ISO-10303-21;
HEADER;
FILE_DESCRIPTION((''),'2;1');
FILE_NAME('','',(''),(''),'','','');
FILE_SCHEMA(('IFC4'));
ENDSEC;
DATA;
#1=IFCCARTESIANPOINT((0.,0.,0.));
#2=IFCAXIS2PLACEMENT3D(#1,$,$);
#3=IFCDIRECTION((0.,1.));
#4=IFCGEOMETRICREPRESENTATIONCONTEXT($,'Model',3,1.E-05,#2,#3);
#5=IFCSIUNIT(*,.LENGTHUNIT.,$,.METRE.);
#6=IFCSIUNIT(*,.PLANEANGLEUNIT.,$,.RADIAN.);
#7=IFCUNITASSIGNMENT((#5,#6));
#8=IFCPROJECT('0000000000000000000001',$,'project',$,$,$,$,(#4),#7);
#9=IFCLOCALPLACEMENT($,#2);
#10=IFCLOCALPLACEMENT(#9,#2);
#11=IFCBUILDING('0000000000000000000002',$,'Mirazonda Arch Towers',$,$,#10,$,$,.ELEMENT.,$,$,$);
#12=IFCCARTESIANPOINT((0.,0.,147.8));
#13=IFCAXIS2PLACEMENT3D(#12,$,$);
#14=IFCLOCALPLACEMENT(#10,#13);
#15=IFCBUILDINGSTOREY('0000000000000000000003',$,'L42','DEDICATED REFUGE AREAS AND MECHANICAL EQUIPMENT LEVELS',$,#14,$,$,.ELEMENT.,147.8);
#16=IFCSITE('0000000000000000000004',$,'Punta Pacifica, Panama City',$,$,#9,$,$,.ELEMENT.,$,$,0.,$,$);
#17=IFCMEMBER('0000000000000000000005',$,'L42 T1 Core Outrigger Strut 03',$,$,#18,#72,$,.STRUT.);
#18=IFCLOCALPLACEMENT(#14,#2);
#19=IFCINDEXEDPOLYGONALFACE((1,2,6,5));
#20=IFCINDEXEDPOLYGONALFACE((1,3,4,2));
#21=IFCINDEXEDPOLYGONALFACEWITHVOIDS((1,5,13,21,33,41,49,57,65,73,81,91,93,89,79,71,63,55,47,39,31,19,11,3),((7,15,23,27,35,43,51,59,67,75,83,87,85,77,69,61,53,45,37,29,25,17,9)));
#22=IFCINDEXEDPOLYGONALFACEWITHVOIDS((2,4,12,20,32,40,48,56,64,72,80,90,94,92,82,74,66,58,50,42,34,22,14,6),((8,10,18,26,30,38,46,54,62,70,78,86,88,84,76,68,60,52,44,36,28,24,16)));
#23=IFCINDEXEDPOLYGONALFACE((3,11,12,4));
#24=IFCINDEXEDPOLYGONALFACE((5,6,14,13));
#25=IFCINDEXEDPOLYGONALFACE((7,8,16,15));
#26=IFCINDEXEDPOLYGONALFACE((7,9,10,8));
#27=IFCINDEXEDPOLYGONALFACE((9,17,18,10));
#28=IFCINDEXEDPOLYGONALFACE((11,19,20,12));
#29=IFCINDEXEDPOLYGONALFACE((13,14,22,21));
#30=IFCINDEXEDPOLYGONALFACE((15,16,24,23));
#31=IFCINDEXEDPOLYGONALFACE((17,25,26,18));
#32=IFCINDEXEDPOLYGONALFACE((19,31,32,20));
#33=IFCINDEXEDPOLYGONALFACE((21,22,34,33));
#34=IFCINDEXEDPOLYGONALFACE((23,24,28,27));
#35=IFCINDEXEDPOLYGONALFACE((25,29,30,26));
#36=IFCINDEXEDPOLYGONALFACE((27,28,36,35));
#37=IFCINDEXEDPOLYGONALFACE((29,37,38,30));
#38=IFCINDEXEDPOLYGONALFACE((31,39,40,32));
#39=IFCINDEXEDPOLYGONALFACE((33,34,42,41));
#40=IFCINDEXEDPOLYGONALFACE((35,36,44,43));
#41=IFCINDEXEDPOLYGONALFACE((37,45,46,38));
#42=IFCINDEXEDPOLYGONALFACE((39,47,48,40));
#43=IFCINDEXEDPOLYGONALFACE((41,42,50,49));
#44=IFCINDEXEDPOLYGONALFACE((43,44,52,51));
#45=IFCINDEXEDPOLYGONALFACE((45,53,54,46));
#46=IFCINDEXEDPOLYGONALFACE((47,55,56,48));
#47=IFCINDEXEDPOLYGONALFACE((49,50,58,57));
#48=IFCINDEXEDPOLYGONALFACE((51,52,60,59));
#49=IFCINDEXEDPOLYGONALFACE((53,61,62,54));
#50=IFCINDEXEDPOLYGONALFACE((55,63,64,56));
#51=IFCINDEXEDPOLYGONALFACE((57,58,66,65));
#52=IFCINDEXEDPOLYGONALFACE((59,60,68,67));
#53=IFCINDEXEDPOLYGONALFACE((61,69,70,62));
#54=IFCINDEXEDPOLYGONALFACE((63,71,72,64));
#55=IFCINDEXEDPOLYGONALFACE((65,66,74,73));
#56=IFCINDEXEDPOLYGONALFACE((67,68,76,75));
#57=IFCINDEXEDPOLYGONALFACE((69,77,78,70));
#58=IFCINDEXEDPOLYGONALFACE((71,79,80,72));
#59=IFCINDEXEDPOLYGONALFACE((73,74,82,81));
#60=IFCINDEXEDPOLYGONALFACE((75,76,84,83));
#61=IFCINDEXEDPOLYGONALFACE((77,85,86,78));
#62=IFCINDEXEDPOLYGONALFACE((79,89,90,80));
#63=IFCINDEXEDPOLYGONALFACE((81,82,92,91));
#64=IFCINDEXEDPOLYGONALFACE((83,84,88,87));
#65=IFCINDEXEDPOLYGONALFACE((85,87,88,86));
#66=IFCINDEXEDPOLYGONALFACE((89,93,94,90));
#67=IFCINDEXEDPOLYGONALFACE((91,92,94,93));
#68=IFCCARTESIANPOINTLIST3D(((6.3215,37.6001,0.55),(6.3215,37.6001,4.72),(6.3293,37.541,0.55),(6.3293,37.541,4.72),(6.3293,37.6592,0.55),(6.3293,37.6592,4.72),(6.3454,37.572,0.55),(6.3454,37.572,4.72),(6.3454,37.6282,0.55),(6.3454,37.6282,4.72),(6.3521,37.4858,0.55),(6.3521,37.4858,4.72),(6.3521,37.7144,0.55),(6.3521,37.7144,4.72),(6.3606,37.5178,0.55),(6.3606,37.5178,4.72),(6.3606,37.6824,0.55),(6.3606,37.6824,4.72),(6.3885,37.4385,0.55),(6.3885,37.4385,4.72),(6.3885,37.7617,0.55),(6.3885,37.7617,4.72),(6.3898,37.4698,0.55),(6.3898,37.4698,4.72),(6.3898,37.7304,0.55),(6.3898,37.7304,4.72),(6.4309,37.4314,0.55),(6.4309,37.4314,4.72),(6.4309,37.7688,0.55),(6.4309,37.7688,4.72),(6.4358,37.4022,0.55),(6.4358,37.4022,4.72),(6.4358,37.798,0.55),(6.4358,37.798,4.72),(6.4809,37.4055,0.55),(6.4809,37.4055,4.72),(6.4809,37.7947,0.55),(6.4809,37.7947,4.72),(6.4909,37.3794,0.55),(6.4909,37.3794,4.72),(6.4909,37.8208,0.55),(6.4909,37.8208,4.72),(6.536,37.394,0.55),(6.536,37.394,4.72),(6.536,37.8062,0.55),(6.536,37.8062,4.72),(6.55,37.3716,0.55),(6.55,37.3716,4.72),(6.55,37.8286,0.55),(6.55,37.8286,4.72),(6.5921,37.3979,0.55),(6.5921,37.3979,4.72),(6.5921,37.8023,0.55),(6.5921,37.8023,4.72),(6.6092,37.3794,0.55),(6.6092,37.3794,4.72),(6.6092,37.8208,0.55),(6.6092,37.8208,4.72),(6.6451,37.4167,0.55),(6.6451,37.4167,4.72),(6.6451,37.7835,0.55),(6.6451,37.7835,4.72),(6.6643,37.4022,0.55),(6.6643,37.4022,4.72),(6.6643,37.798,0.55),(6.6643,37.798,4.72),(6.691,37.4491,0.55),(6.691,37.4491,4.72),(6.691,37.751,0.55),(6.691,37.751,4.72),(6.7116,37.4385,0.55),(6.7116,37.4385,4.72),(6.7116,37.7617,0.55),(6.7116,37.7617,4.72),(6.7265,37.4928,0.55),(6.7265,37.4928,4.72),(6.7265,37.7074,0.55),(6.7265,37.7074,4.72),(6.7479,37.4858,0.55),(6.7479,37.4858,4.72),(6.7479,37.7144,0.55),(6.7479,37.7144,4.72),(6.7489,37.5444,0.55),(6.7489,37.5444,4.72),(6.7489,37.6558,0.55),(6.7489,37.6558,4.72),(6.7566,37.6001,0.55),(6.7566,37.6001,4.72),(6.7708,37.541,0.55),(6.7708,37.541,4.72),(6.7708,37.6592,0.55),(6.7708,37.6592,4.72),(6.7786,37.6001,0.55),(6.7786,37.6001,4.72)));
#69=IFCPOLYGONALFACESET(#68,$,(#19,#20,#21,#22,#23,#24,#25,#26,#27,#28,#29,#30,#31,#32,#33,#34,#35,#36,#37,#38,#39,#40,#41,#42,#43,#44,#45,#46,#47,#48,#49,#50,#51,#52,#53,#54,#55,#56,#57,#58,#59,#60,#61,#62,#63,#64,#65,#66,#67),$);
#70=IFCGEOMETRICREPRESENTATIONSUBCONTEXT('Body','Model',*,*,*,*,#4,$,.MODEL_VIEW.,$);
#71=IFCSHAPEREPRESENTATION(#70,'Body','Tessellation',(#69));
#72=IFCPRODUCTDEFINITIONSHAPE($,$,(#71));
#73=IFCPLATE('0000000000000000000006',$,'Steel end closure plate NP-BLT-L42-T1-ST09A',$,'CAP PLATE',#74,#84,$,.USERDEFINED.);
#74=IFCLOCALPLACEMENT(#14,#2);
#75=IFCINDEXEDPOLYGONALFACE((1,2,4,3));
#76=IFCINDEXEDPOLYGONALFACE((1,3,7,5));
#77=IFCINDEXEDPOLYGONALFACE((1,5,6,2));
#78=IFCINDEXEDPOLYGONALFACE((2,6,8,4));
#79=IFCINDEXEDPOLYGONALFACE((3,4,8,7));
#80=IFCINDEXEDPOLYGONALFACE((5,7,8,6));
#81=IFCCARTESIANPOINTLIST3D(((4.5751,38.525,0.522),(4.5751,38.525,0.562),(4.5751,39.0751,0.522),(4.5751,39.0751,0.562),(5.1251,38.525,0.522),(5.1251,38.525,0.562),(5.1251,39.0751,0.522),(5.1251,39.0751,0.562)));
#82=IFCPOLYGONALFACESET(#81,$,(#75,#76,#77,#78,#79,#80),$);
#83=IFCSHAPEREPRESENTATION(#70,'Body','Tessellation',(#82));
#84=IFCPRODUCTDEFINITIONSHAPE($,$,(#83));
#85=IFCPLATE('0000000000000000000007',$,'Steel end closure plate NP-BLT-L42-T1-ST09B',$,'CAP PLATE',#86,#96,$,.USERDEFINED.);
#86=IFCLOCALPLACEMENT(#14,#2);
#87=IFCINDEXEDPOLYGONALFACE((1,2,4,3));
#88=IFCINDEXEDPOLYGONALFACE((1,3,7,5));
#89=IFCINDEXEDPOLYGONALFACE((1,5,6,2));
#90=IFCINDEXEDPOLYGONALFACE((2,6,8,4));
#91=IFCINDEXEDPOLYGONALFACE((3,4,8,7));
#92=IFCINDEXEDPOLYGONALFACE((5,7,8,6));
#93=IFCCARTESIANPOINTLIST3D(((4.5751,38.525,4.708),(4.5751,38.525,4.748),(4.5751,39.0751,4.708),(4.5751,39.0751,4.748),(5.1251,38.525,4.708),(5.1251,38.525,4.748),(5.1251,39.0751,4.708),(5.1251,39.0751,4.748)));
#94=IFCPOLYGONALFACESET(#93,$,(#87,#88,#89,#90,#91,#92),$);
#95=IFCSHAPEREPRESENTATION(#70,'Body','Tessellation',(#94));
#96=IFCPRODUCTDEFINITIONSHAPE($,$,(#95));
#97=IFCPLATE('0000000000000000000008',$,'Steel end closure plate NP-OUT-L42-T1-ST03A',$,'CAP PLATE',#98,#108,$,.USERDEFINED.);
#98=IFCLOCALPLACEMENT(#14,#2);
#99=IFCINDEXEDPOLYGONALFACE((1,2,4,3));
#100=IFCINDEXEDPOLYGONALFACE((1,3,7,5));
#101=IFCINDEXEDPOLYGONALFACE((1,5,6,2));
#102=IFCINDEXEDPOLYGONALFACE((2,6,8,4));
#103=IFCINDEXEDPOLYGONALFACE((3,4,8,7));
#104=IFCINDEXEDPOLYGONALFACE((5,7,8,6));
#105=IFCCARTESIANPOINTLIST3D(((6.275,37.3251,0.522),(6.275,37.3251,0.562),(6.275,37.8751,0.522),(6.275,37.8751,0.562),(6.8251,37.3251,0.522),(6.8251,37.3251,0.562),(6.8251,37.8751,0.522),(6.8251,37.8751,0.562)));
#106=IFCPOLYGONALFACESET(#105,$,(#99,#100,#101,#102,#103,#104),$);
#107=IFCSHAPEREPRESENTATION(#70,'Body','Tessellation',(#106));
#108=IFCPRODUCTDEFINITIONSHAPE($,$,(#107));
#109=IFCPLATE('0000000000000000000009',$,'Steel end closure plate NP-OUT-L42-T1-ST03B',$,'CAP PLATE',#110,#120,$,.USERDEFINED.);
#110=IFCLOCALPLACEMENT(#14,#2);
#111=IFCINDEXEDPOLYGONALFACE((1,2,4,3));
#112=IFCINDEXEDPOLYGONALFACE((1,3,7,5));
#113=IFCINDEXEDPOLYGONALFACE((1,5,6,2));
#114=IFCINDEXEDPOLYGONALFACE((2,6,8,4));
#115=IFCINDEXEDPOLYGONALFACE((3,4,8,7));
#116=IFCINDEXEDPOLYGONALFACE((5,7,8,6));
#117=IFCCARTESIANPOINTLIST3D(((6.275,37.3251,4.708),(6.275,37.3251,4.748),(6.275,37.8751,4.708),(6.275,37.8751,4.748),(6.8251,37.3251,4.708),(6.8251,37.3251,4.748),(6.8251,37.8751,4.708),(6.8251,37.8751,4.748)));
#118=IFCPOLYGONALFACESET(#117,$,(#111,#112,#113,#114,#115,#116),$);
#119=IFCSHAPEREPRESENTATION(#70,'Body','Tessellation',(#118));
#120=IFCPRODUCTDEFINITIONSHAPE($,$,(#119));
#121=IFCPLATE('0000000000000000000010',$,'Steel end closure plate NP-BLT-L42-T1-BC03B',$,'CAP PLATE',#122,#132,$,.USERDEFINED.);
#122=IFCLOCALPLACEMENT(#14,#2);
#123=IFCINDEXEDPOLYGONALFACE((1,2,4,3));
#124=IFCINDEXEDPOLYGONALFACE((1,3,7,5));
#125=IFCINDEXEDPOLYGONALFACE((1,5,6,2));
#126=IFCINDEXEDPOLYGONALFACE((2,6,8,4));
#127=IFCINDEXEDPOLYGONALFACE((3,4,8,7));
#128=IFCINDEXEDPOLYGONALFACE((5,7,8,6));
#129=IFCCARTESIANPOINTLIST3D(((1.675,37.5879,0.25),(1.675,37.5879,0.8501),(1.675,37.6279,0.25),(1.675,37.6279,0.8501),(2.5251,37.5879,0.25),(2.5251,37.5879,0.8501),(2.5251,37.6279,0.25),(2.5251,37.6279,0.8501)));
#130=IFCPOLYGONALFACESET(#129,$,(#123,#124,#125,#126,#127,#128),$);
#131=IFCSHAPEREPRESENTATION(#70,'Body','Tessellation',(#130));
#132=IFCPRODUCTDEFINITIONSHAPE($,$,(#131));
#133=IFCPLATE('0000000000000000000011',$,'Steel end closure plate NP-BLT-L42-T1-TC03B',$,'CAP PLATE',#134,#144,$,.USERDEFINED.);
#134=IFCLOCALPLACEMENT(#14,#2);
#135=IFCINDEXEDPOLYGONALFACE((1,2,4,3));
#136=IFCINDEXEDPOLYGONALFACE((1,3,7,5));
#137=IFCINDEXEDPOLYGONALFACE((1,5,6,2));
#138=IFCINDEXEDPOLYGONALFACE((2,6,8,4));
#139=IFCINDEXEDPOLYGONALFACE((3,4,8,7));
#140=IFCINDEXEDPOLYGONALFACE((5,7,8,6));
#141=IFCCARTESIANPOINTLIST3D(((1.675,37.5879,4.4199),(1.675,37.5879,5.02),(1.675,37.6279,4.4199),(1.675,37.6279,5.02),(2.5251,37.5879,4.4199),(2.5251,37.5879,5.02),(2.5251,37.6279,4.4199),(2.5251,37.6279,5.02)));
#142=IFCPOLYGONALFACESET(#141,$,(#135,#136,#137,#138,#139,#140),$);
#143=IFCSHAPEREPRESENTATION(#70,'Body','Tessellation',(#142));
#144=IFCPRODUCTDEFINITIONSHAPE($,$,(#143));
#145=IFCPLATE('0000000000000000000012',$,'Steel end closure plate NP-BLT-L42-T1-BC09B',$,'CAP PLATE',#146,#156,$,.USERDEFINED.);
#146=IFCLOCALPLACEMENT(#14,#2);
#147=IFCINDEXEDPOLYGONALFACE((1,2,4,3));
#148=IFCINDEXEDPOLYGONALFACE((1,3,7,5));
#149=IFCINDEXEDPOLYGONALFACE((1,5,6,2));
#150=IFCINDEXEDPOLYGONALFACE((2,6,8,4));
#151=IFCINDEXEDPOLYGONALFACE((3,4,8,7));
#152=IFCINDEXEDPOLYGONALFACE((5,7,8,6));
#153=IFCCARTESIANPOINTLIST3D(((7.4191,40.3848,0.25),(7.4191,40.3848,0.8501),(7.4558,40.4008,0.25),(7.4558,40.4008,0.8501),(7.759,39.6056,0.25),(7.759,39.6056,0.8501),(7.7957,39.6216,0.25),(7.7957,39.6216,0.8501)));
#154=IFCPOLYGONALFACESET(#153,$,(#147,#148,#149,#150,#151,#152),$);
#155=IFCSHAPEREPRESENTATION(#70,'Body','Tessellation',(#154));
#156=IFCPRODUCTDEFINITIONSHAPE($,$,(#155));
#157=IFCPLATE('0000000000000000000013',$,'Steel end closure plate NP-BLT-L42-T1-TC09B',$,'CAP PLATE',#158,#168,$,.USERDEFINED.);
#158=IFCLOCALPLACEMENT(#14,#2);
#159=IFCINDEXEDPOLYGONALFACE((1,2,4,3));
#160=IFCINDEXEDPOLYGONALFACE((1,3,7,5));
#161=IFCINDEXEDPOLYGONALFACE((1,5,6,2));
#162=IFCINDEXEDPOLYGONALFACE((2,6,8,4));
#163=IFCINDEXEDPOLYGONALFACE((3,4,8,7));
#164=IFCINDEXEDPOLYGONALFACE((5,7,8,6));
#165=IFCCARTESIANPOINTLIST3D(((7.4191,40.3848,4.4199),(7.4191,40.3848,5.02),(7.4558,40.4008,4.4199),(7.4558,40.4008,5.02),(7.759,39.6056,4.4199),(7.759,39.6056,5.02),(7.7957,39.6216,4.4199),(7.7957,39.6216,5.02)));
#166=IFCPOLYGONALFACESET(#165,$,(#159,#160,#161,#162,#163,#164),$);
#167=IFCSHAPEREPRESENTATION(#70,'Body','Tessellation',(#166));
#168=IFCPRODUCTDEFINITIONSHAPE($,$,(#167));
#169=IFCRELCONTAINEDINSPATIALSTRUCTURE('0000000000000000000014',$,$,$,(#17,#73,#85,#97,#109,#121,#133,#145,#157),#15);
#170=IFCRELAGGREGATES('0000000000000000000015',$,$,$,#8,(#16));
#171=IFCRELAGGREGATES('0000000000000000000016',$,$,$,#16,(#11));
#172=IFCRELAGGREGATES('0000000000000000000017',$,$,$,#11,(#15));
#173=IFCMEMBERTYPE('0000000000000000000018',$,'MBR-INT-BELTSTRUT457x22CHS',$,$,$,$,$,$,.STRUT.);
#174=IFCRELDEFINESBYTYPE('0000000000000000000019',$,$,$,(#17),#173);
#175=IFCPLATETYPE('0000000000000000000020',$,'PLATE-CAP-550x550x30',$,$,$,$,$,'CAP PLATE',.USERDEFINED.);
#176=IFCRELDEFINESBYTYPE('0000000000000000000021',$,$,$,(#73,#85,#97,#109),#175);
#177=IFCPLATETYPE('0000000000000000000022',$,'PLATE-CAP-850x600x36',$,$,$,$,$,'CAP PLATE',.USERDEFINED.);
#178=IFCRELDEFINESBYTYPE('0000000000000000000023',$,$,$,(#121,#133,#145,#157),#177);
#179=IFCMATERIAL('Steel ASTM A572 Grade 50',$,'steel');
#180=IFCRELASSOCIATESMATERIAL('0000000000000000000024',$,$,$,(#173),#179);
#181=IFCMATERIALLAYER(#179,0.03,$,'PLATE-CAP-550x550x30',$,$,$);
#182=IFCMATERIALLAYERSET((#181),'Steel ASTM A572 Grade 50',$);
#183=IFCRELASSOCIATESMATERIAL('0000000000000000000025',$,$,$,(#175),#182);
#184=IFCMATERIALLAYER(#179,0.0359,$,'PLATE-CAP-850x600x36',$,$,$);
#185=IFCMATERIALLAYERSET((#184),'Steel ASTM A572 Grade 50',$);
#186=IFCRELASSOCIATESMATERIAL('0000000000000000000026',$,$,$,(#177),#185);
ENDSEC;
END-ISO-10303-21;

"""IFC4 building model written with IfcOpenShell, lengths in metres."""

from ifc_helpers import new_model, si_unit, direction, frame, origin, origin_2d, place, context, subcontext, project, spatial, rectangle, hollow_circle, extrude, material, layer, layer_set, material_profile, profile_set, type_object, element, save


model = new_model("IFC4")

# Units and contexts
model_context = context("Model", 3, precision=1e-05, world=origin(), true_north=direction((0.0, 1.0)))
body_context = subcontext(model_context, "Body", "Model", "MODEL_VIEW")
ifc_project = project(units=[si_unit("LENGTHUNIT", "METRE"), si_unit("PLANEANGLEUNIT", "RADIAN")], contexts=[model_context])

# Site, building, storey
site_placement = place(None, origin())
site = spatial("IfcSite", under=ifc_project, at=site_placement, Name="Punta Pacifica, Panama City", CompositionType="ELEMENT", RefElevation=0.0)
building_placement = place(site_placement, origin())
building = spatial("IfcBuilding", under=site, at=building_placement, Name="Mirazonda Arch Towers", CompositionType="ELEMENT")
storey_placement = place(building_placement, frame((0.0, 0.0, 147.8)))
storey = spatial("IfcBuildingStorey", under=building, at=storey_placement, Name="L42", Description="DEDICATED REFUGE AREAS AND MECHANICAL EQUIPMENT LEVELS", CompositionType="ELEMENT", Elevation=147.8)

# Member
ifc_material_1 = material(Name="Steel ASTM A572 Grade 50", Category="steel")
ifc_material_profile_1 = material_profile(ifc_material_1, hollow_circle(Radius=0.2285, WallThickness=0.022, at=origin_2d()), Name="BELTSTRUT457x22CHS")
ifc_profile_set_1 = profile_set([ifc_material_profile_1], Name="Steel ASTM A572 Grade 50")
member_type_1 = type_object("IfcMemberType", Name="MBR-INT-BELTSTRUT457x22CHS", PredefinedType="STRUT", material=ifc_profile_set_1)
member_1_placement = place(storey_placement, frame((6.55, 37.6001, 0.55), z_axis=(0.0, 0.0, 1.0), x_axis=(1.0, 0.0, 0.0)))
element("IfcMember", 1, at=member_1_placement, inside=storey, type_object=member_type_1, Name="L42 T1 Core Outrigger Strut 03", PredefinedType="STRUT", context=body_context, shape_type="SweptSolid", body=[
    extrude(hollow_circle(Radius=0.2285, WallThickness=0.022, at=origin_2d()), origin(), (0.0, 0.0, 1.0), 4.1699),
])

# Plates
ifc_layer_1 = layer(ifc_material_1, 0.03, Name="PLATE-CAP-550x550x30")
ifc_layer_set_1 = layer_set([ifc_layer_1], Name="Steel ASTM A572 Grade 50")
plate_type_1 = type_object("IfcPlateType", Name="PLATE-CAP-550x550x30", ElementType="CAP PLATE", PredefinedType="USERDEFINED", material=ifc_layer_set_1)
for number, where, z_axis, x_axis, name in (
    (2, (4.8501, 38.8, 0.522), (0.0, 0.0, 1.0), (1.0, 0.0, 0.0), "Steel end closure plate NP-BLT-L42-T1-ST09A"),
    (3, (4.8501, 38.8, 4.708), (0.0, 0.0, 1.0), (1.0, 0.0, 0.0), "Steel end closure plate NP-BLT-L42-T1-ST09B"),
    (4, (6.55, 37.6001, 0.522), (0.0, 0.0, 1.0), (1.0, 0.0, 0.0), "Steel end closure plate NP-OUT-L42-T1-ST03A"),
    (5, (6.55, 37.6001, 4.708), (0.0, 0.0, 1.0), (1.0, 0.0, 0.0), "Steel end closure plate NP-OUT-L42-T1-ST03B"),
):
    element("IfcPlate", number, at=place(storey_placement, frame(where, z_axis=z_axis, x_axis=x_axis)), inside=storey, type_object=plate_type_1, Name=name, ObjectType="CAP PLATE", PredefinedType="USERDEFINED", context=body_context, shape_type="SweptSolid", body=[
        extrude(rectangle(XDim=0.55, YDim=0.55, at=origin_2d()), origin(), (0.0, 0.0, 1.0), 0.04),
    ])
ifc_layer_2 = layer(ifc_material_1, 0.0359, Name="PLATE-CAP-850x600x36")
ifc_layer_set_2 = layer_set([ifc_layer_2], Name="Steel ASTM A572 Grade 50")
plate_type_2 = type_object("IfcPlateType", Name="PLATE-CAP-850x600x36", ElementType="CAP PLATE", PredefinedType="USERDEFINED", material=ifc_layer_set_2)
for number, where, z_axis, x_axis, name in (
    (6, (2.1001, 37.6079, 0.25), (0.0, 0.0, 1.0), (0.0, 1.0, 0.0), "Steel end closure plate NP-BLT-L42-T1-BC03B"),
    (7, (2.1001, 37.6079, 4.4199), (0.0, 0.0, 1.0), (0.0, 1.0, 0.0), "Steel end closure plate NP-BLT-L42-T1-TC03B"),
    (8, (7.6074, 40.0032, 0.25), (0.0, 0.0, 1.0), (0.916572, 0.399869, 0.0), "Steel end closure plate NP-BLT-L42-T1-BC09B"),
    (9, (7.6074, 40.0032, 4.4199), (0.0, 0.0, 1.0), (0.916572, 0.399869, 0.0), "Steel end closure plate NP-BLT-L42-T1-TC09B"),
):
    element("IfcPlate", number, at=place(storey_placement, frame(where, z_axis=z_axis, x_axis=x_axis)), inside=storey, type_object=plate_type_2, Name=name, ObjectType="CAP PLATE", PredefinedType="USERDEFINED", context=body_context, shape_type="SweptSolid", body=[
        extrude(rectangle(XDim=0.04, YDim=0.8501, at=origin_2d()), origin(), (0.0, 0.0, 1.0), 0.6001),
    ])

save(model, "model.ifc")
